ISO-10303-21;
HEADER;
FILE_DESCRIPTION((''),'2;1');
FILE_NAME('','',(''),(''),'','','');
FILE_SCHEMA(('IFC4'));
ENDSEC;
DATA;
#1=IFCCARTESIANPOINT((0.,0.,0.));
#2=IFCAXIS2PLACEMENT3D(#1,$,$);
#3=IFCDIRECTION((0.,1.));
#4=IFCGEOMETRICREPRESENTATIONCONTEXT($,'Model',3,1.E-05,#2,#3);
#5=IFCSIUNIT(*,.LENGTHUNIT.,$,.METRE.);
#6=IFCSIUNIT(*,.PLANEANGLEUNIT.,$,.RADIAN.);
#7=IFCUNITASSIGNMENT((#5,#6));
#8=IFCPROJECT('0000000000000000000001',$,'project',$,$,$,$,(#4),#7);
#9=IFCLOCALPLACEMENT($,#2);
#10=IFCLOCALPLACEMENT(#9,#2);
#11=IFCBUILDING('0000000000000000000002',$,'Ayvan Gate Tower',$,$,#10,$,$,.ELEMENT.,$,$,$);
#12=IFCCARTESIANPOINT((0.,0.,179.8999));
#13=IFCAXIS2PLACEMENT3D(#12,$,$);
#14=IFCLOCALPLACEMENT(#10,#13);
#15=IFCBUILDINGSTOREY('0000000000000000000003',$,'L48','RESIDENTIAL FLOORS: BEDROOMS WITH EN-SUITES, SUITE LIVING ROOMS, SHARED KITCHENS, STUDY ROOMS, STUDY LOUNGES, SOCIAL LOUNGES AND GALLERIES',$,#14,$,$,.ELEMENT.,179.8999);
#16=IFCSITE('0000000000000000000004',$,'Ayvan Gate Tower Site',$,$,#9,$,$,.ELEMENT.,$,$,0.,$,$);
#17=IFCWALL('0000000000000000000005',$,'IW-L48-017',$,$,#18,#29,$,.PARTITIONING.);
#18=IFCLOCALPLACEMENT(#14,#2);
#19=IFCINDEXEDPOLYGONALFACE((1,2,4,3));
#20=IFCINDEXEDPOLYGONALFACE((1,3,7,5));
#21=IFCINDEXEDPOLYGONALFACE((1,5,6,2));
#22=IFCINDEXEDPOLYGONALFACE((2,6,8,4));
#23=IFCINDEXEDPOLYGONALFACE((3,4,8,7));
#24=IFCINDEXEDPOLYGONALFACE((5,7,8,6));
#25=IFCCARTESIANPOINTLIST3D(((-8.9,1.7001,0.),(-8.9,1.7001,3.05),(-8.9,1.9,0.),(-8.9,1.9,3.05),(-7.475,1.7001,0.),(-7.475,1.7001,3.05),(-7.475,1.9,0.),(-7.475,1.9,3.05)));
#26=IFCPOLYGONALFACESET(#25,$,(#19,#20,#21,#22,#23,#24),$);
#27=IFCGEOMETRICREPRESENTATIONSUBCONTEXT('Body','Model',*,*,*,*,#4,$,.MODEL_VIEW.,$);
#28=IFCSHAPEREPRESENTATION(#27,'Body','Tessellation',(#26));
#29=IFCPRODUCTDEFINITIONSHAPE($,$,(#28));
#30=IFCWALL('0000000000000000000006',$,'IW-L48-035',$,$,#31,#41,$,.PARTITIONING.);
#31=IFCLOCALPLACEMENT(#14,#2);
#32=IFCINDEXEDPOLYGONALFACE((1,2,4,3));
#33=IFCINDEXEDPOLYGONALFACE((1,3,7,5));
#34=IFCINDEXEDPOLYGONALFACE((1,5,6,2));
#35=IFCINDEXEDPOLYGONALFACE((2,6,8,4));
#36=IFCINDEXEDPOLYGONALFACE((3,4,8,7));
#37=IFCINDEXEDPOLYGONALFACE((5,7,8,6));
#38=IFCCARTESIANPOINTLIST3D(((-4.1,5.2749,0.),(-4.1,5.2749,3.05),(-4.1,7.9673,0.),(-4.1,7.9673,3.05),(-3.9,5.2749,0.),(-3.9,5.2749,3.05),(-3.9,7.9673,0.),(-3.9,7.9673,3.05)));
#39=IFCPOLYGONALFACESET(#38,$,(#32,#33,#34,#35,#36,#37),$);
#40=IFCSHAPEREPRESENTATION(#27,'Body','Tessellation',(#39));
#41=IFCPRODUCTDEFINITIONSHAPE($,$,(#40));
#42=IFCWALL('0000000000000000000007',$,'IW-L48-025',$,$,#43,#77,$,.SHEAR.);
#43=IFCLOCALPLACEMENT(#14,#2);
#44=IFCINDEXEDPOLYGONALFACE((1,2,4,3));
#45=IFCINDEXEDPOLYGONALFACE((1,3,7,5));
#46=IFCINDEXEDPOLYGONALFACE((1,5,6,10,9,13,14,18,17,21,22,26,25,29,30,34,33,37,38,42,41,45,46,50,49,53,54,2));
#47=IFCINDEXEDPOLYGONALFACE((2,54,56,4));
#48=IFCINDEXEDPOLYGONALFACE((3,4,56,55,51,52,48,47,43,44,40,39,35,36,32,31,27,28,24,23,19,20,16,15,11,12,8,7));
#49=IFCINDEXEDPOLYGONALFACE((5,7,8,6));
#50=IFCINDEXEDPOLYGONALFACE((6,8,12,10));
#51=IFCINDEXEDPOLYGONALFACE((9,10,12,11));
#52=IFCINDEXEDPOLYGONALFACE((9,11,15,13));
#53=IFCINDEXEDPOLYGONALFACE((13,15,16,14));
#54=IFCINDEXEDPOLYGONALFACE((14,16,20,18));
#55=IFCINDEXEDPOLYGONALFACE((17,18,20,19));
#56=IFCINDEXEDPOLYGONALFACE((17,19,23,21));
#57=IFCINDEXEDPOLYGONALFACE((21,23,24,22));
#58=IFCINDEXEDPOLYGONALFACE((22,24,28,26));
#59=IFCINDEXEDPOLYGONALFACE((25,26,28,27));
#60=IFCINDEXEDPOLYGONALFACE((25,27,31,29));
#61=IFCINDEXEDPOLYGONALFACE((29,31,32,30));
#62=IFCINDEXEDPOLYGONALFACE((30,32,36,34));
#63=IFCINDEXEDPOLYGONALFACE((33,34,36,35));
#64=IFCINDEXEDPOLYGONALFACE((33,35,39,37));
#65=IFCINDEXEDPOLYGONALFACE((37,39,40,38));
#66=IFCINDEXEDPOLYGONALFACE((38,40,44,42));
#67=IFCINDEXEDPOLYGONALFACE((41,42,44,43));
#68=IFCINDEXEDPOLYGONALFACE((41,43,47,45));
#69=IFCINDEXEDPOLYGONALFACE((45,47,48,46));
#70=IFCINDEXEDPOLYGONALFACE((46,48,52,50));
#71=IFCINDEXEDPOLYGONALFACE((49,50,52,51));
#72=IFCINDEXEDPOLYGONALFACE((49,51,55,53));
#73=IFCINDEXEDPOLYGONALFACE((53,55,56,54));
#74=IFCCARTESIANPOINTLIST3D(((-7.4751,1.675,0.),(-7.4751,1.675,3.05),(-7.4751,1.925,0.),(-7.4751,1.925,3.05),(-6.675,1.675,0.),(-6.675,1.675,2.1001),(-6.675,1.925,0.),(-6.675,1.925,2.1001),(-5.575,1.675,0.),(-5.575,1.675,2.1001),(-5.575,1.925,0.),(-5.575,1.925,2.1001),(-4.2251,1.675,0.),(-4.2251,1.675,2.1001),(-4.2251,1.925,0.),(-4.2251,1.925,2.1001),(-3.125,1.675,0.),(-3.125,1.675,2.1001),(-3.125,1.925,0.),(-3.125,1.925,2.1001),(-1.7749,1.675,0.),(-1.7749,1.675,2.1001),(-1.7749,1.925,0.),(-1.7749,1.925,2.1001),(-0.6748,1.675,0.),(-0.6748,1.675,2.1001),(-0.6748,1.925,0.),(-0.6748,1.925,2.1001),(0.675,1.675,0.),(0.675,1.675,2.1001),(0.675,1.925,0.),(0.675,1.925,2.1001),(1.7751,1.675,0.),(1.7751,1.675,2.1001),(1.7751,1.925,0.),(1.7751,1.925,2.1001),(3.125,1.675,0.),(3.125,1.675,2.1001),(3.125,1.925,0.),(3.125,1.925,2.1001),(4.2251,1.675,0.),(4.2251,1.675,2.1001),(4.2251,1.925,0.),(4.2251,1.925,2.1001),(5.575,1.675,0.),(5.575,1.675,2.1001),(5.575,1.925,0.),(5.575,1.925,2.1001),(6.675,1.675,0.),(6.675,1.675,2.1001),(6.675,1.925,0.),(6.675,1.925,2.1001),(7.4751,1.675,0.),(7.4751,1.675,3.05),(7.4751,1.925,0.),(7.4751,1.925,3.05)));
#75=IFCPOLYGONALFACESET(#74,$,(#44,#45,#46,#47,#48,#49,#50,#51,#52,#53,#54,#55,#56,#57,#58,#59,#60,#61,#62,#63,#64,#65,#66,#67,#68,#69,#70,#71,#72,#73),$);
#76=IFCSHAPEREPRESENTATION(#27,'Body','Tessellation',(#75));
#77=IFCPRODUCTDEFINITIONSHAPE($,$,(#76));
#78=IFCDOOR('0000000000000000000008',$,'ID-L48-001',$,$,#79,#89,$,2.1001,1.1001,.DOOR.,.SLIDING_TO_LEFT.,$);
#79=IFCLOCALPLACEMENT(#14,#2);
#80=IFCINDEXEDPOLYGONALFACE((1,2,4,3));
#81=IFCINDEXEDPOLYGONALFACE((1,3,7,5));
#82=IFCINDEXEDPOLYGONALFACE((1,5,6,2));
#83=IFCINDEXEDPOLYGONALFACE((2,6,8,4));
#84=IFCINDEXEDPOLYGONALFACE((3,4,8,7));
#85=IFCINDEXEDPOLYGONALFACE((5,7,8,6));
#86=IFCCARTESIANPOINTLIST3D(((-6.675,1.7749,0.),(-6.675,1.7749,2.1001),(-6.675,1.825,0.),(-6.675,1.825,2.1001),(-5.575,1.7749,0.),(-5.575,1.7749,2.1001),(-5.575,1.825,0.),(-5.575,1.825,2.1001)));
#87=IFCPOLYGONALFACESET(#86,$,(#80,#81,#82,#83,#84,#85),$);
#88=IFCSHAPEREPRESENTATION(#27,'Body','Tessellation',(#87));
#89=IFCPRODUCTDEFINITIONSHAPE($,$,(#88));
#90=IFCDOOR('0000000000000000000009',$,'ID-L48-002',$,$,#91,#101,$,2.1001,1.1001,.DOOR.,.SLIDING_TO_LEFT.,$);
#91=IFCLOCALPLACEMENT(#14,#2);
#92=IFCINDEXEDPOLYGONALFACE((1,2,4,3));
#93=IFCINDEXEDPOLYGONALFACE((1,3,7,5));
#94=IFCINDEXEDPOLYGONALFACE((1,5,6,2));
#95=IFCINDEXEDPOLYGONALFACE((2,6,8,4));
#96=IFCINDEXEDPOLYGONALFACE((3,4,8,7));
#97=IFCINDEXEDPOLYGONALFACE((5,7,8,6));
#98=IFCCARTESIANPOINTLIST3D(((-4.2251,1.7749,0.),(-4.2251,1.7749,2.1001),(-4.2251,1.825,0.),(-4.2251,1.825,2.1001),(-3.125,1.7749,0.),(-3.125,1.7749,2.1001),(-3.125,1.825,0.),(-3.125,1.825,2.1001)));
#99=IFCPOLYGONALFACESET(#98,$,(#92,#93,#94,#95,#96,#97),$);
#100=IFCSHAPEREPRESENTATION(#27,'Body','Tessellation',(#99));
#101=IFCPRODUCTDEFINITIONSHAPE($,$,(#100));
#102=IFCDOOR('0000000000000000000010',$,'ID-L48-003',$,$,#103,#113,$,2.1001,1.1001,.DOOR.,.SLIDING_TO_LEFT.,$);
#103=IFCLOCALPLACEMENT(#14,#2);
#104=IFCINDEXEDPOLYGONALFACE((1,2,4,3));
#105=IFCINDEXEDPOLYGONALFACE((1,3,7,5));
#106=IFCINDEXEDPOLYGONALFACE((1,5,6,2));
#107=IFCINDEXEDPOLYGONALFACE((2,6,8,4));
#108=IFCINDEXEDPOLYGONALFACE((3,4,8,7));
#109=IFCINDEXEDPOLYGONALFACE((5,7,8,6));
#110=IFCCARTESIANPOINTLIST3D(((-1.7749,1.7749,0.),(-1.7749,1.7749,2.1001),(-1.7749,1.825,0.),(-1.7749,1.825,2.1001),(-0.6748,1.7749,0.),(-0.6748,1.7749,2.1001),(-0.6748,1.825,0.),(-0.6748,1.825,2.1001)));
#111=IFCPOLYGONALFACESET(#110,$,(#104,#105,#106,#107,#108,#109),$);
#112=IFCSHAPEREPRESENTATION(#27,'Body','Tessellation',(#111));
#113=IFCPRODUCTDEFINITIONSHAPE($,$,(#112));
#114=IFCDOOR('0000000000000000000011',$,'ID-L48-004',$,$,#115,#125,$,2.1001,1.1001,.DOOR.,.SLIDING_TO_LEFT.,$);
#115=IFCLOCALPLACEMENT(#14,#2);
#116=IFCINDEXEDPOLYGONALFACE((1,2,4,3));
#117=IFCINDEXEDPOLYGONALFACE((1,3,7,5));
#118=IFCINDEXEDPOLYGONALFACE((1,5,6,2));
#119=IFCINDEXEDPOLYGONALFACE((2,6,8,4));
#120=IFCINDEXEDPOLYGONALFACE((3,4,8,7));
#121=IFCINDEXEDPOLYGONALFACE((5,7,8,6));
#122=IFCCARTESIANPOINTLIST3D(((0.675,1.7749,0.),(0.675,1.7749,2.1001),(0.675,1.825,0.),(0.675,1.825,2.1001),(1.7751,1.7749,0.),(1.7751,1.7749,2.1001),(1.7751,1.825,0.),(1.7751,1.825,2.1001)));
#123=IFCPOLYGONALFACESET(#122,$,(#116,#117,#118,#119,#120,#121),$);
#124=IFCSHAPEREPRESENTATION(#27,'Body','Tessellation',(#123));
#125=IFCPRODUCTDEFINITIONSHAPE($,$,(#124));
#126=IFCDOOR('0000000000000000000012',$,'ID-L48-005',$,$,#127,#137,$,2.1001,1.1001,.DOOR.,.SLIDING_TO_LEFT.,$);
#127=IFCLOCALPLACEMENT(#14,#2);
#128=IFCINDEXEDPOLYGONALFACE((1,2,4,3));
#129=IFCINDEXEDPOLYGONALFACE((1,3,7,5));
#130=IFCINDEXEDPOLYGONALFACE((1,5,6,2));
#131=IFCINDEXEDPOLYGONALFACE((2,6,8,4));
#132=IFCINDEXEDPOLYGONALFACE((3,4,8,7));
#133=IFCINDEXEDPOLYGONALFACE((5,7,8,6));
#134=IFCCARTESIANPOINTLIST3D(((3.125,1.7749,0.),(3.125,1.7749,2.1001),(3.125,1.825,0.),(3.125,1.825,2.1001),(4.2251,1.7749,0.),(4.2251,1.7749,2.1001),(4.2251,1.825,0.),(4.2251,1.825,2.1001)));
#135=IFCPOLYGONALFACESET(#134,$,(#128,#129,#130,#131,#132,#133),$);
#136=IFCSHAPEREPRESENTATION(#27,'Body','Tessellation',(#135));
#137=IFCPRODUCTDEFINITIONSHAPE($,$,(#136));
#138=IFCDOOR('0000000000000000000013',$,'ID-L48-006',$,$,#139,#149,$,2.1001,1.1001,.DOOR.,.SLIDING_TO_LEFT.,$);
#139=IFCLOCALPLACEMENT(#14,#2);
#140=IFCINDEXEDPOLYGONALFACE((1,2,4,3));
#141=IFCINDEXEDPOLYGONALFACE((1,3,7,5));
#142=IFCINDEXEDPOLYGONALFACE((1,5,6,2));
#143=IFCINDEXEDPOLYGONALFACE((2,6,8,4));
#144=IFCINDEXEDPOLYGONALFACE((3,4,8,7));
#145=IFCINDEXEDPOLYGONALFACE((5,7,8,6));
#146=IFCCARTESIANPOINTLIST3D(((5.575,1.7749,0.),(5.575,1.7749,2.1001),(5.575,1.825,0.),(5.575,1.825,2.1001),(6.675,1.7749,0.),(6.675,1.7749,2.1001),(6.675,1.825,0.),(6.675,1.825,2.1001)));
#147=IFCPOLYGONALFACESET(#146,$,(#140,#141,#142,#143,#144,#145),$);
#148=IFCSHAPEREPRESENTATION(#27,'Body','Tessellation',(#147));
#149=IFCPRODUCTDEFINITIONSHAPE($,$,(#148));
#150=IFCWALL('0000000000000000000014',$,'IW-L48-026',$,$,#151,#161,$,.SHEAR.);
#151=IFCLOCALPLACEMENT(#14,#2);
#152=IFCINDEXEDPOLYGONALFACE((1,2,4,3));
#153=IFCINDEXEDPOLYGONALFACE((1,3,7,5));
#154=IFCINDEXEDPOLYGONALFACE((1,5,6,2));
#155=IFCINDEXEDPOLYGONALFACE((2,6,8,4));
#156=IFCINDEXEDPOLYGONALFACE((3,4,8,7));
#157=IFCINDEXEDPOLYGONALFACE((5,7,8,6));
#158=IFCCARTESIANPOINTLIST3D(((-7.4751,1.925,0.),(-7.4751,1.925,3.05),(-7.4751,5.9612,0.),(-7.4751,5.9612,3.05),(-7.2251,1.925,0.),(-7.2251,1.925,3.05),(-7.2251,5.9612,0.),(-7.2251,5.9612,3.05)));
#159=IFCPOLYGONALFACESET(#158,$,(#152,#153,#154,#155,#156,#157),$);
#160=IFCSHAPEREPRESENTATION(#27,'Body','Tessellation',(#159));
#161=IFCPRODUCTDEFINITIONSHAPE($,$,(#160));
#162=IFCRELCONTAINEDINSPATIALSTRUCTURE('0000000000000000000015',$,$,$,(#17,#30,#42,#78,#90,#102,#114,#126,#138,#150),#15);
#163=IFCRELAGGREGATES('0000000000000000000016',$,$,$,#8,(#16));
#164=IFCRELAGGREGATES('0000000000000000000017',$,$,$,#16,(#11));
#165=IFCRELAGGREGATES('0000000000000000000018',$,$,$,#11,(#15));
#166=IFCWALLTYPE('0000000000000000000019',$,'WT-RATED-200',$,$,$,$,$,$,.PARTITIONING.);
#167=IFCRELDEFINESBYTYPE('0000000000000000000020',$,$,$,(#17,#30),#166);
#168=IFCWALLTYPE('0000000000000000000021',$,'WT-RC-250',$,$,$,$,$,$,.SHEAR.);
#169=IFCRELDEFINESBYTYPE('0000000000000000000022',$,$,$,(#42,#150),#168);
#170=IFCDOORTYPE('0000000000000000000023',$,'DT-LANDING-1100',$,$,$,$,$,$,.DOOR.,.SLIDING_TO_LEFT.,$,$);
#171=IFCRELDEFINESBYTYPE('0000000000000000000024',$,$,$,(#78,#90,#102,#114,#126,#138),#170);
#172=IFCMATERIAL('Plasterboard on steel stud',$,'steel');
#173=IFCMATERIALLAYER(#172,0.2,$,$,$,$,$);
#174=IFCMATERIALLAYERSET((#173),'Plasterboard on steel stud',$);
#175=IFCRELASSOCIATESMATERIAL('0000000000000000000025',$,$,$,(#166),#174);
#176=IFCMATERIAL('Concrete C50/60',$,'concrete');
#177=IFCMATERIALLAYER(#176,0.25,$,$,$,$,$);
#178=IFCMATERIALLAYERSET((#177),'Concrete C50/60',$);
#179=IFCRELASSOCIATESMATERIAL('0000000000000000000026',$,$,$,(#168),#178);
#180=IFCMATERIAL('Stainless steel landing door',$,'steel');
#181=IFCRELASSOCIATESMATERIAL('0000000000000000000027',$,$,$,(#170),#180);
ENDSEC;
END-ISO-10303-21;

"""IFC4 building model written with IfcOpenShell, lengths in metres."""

from ifc_helpers import new_model, si_unit, direction, frame, frame_2d, origin, place, context, subcontext, project, spatial, rectangle, extrude, material, layer, layer_set, type_object, element, fill, save


model = new_model("IFC4")

# Units and contexts
model_context = context("Model", 3, precision=1e-05, world=origin(), true_north=direction((0.0, 1.0)))
body_context = subcontext(model_context, "Body", "Model", "MODEL_VIEW")
ifc_project = project(units=[si_unit("LENGTHUNIT", "METRE"), si_unit("PLANEANGLEUNIT", "RADIAN")], contexts=[model_context])

# Site, building, storey
site_placement = place(None, origin())
site = spatial("IfcSite", under=ifc_project, at=site_placement, Name="Ayvan Gate Tower Site", CompositionType="ELEMENT", RefElevation=0.0)
building_placement = place(site_placement, origin())
building = spatial("IfcBuilding", under=site, at=building_placement, Name="Ayvan Gate Tower", CompositionType="ELEMENT")
storey_placement = place(building_placement, frame((0.0, 0.0, 179.8999)))
storey = spatial("IfcBuildingStorey", under=building, at=storey_placement, Name="L48", Description="RESIDENTIAL FLOORS: BEDROOMS WITH EN-SUITES, SUITE LIVING ROOMS, SHARED KITCHENS, STUDY ROOMS, STUDY LOUNGES, SOCIAL LOUNGES AND GALLERIES", CompositionType="ELEMENT", Elevation=179.8999)

# Shared definitions
ifc_material_1 = material(Name="Plasterboard on steel stud", Category="steel")

# Walls
ifc_layer_1 = layer(ifc_material_1, 0.2)
ifc_layer_set_1 = layer_set([ifc_layer_1], Name="Plasterboard on steel stud")
wall_type_1 = type_object("IfcWallType", Name="WT-RATED-200", PredefinedType="PARTITIONING", material=ifc_layer_set_1)
wall_1_placement = place(storey_placement, frame((-8.8999, 1.8, 0.0), z_axis=(0.0, 0.0, 1.0), x_axis=(1.0, 0.0, 0.0)))
element("IfcWall", 1, at=wall_1_placement, inside=storey, type_object=wall_type_1, Name="IW-L48-017", PredefinedType="PARTITIONING", context=body_context, shape_type="SweptSolid", body=[
    extrude(rectangle(XDim=1.425, YDim=0.2, at=frame_2d((0.7124, 0.0))), origin(), (0.0, 0.0, 1.0), 3.05),
])
wall_2_placement = place(storey_placement, frame((-4.0, 7.9673, 0.0), z_axis=(0.0, 0.0, 1.0), x_axis=(0.0, -1.0, 0.0)))
element("IfcWall", 2, at=wall_2_placement, inside=storey, type_object=wall_type_1, Name="IW-L48-035", PredefinedType="PARTITIONING", context=body_context, shape_type="SweptSolid", body=[
    extrude(rectangle(XDim=2.6924, YDim=0.2, at=frame_2d((1.3462, 0.0))), origin(), (0.0, 0.0, 1.0), 3.05),
])

# Wall, openings, doors
ifc_material_2 = material(Name="Concrete C50/60", Category="concrete")
ifc_layer_2 = layer(ifc_material_2, 0.25)
ifc_layer_set_2 = layer_set([ifc_layer_2], Name="Concrete C50/60")
wall_type_2 = type_object("IfcWallType", Name="WT-RC-250", PredefinedType="SHEAR", material=ifc_layer_set_2)
wall_3_placement = place(storey_placement, frame((-7.4751, 1.8, 0.0), z_axis=(0.0, 0.0, 1.0), x_axis=(1.0, 0.0, 0.0)))
wall_3 = element("IfcWall", 3, at=wall_3_placement, inside=storey, type_object=wall_type_2, Name="IW-L48-025", PredefinedType="SHEAR", context=body_context, shape_type="SweptSolid", body=[
    extrude(rectangle(XDim=14.9502, YDim=0.25, at=frame_2d((7.4751, 0.0))), origin(), (0.0, 0.0, 1.0), 3.05),
])
opening_1_placement = place(wall_3_placement, frame((0.8, 0.0, 0.0)))
opening_1 = element("IfcOpeningElement", 4, at=opening_1_placement, cuts=wall_3, PredefinedType="OPENING", context=body_context, shape_type="SweptSolid", body=[
    extrude(rectangle(XDim=1.1001, YDim=2.1001, at=frame_2d((0.55, 1.05))), frame((0.0, 0.135, 0.0), z_axis=(0.0, -1.0, 0.0), x_axis=(1.0, 0.0, 0.0)), (0.0, 0.0, 1.0), 0.27),
])
opening_2_placement = place(wall_3_placement, frame((3.25, 0.0, 0.0)))
opening_2 = element("IfcOpeningElement", 5, at=opening_2_placement, cuts=wall_3, PredefinedType="OPENING", context=body_context, shape_type="SweptSolid", body=[
    extrude(rectangle(XDim=1.1001, YDim=2.1001, at=frame_2d((0.55, 1.05))), frame((0.0, 0.135, 0.0), z_axis=(0.0, -1.0, 0.0), x_axis=(1.0, 0.0, 0.0)), (0.0, 0.0, 1.0), 0.27),
])
opening_3_placement = place(wall_3_placement, frame((5.7002, 0.0, 0.0)))
opening_3 = element("IfcOpeningElement", 6, at=opening_3_placement, cuts=wall_3, PredefinedType="OPENING", context=body_context, shape_type="SweptSolid", body=[
    extrude(rectangle(XDim=1.1001, YDim=2.1001, at=frame_2d((0.55, 1.05))), frame((0.0, 0.135, 0.0), z_axis=(0.0, -1.0, 0.0), x_axis=(1.0, 0.0, 0.0)), (0.0, 0.0, 1.0), 0.27),
])
opening_4_placement = place(wall_3_placement, frame((8.1501, 0.0, 0.0)))
opening_4 = element("IfcOpeningElement", 7, at=opening_4_placement, cuts=wall_3, PredefinedType="OPENING", context=body_context, shape_type="SweptSolid", body=[
    extrude(rectangle(XDim=1.1001, YDim=2.1001, at=frame_2d((0.55, 1.05))), frame((0.0, 0.135, 0.0), z_axis=(0.0, -1.0, 0.0), x_axis=(1.0, 0.0, 0.0)), (0.0, 0.0, 1.0), 0.27),
])
opening_5_placement = place(wall_3_placement, frame((10.6001, 0.0, 0.0)))
opening_5 = element("IfcOpeningElement", 8, at=opening_5_placement, cuts=wall_3, PredefinedType="OPENING", context=body_context, shape_type="SweptSolid", body=[
    extrude(rectangle(XDim=1.1001, YDim=2.1001, at=frame_2d((0.55, 1.05))), frame((0.0, 0.135, 0.0), z_axis=(0.0, -1.0, 0.0), x_axis=(1.0, 0.0, 0.0)), (0.0, 0.0, 1.0), 0.27),
])
opening_6_placement = place(wall_3_placement, frame((13.05, 0.0, 0.0)))
opening_6 = element("IfcOpeningElement", 9, at=opening_6_placement, cuts=wall_3, PredefinedType="OPENING", context=body_context, shape_type="SweptSolid", body=[
    extrude(rectangle(XDim=1.1001, YDim=2.1001, at=frame_2d((0.55, 1.05))), frame((0.0, 0.135, 0.0), z_axis=(0.0, -1.0, 0.0), x_axis=(1.0, 0.0, 0.0)), (0.0, 0.0, 1.0), 0.27),
])
ifc_material_3 = material(Name="Stainless steel landing door", Category="steel")
door_type_1 = type_object("IfcDoorType", Name="DT-LANDING-1100", OperationType="SLIDING_TO_LEFT", PredefinedType="DOOR", material=ifc_material_3)
door_1_placement = place(opening_1_placement, origin())
door_1 = element("IfcDoor", 10, at=door_1_placement, inside=storey, type_object=door_type_1, Name="ID-L48-001", OperationType="SLIDING_TO_LEFT", OverallHeight=2.1001, OverallWidth=1.1001, PredefinedType="DOOR", context=body_context, shape_type="SweptSolid", body=[
    extrude(rectangle(XDim=1.1001, YDim=2.1001, at=frame_2d((0.55, 1.05))), frame((0.0, 0.0249, 0.0), z_axis=(0.0, -1.0, 0.0), x_axis=(1.0, 0.0, 0.0)), (0.0, 0.0, 1.0), 0.05),
])
fill(opening_1, door_1)
door_2_placement = place(opening_2_placement, origin())
door_2 = element("IfcDoor", 11, at=door_2_placement, inside=storey, type_object=door_type_1, Name="ID-L48-002", OperationType="SLIDING_TO_LEFT", OverallHeight=2.1001, OverallWidth=1.1001, PredefinedType="DOOR", context=body_context, shape_type="SweptSolid", body=[
    extrude(rectangle(XDim=1.1001, YDim=2.1001, at=frame_2d((0.55, 1.05))), frame((0.0, 0.0249, 0.0), z_axis=(0.0, -1.0, 0.0), x_axis=(1.0, 0.0, 0.0)), (0.0, 0.0, 1.0), 0.05),
])
fill(opening_2, door_2)
door_3_placement = place(opening_3_placement, origin())
door_3 = element("IfcDoor", 12, at=door_3_placement, inside=storey, type_object=door_type_1, Name="ID-L48-003", OperationType="SLIDING_TO_LEFT", OverallHeight=2.1001, OverallWidth=1.1001, PredefinedType="DOOR", context=body_context, shape_type="SweptSolid", body=[
    extrude(rectangle(XDim=1.1001, YDim=2.1001, at=frame_2d((0.55, 1.05))), frame((0.0, 0.0249, 0.0), z_axis=(0.0, -1.0, 0.0), x_axis=(1.0, 0.0, 0.0)), (0.0, 0.0, 1.0), 0.05),
])
fill(opening_3, door_3)
door_4_placement = place(opening_4_placement, origin())
door_4 = element("IfcDoor", 13, at=door_4_placement, inside=storey, type_object=door_type_1, Name="ID-L48-004", OperationType="SLIDING_TO_LEFT", OverallHeight=2.1001, OverallWidth=1.1001, PredefinedType="DOOR", context=body_context, shape_type="SweptSolid", body=[
    extrude(rectangle(XDim=1.1001, YDim=2.1001, at=frame_2d((0.55, 1.05))), frame((0.0, 0.0249, 0.0), z_axis=(0.0, -1.0, 0.0), x_axis=(1.0, 0.0, 0.0)), (0.0, 0.0, 1.0), 0.05),
])
fill(opening_4, door_4)
door_5_placement = place(opening_5_placement, origin())
door_5 = element("IfcDoor", 14, at=door_5_placement, inside=storey, type_object=door_type_1, Name="ID-L48-005", OperationType="SLIDING_TO_LEFT", OverallHeight=2.1001, OverallWidth=1.1001, PredefinedType="DOOR", context=body_context, shape_type="SweptSolid", body=[
    extrude(rectangle(XDim=1.1001, YDim=2.1001, at=frame_2d((0.55, 1.05))), frame((0.0, 0.0249, 0.0), z_axis=(0.0, -1.0, 0.0), x_axis=(1.0, 0.0, 0.0)), (0.0, 0.0, 1.0), 0.05),
])
fill(opening_5, door_5)
door_6_placement = place(opening_6_placement, origin())
door_6 = element("IfcDoor", 15, at=door_6_placement, inside=storey, type_object=door_type_1, Name="ID-L48-006", OperationType="SLIDING_TO_LEFT", OverallHeight=2.1001, OverallWidth=1.1001, PredefinedType="DOOR", context=body_context, shape_type="SweptSolid", body=[
    extrude(rectangle(XDim=1.1001, YDim=2.1001, at=frame_2d((0.55, 1.05))), frame((0.0, 0.0249, 0.0), z_axis=(0.0, -1.0, 0.0), x_axis=(1.0, 0.0, 0.0)), (0.0, 0.0, 1.0), 0.05),
])
fill(opening_6, door_6)

# Wall
wall_4_placement = place(storey_placement, frame((-7.3501, 1.925, 0.0), z_axis=(0.0, 0.0, 1.0), x_axis=(0.0, 1.0, 0.0)))
element("IfcWall", 16, at=wall_4_placement, inside=storey, type_object=wall_type_2, Name="IW-L48-026", PredefinedType="SHEAR", context=body_context, shape_type="SweptSolid", body=[
    extrude(rectangle(XDim=4.0361, YDim=0.25, at=frame_2d((2.0181, 0.0))), origin(), (0.0, 0.0, 1.0), 3.05),
])

save(model, "model.ifc")
